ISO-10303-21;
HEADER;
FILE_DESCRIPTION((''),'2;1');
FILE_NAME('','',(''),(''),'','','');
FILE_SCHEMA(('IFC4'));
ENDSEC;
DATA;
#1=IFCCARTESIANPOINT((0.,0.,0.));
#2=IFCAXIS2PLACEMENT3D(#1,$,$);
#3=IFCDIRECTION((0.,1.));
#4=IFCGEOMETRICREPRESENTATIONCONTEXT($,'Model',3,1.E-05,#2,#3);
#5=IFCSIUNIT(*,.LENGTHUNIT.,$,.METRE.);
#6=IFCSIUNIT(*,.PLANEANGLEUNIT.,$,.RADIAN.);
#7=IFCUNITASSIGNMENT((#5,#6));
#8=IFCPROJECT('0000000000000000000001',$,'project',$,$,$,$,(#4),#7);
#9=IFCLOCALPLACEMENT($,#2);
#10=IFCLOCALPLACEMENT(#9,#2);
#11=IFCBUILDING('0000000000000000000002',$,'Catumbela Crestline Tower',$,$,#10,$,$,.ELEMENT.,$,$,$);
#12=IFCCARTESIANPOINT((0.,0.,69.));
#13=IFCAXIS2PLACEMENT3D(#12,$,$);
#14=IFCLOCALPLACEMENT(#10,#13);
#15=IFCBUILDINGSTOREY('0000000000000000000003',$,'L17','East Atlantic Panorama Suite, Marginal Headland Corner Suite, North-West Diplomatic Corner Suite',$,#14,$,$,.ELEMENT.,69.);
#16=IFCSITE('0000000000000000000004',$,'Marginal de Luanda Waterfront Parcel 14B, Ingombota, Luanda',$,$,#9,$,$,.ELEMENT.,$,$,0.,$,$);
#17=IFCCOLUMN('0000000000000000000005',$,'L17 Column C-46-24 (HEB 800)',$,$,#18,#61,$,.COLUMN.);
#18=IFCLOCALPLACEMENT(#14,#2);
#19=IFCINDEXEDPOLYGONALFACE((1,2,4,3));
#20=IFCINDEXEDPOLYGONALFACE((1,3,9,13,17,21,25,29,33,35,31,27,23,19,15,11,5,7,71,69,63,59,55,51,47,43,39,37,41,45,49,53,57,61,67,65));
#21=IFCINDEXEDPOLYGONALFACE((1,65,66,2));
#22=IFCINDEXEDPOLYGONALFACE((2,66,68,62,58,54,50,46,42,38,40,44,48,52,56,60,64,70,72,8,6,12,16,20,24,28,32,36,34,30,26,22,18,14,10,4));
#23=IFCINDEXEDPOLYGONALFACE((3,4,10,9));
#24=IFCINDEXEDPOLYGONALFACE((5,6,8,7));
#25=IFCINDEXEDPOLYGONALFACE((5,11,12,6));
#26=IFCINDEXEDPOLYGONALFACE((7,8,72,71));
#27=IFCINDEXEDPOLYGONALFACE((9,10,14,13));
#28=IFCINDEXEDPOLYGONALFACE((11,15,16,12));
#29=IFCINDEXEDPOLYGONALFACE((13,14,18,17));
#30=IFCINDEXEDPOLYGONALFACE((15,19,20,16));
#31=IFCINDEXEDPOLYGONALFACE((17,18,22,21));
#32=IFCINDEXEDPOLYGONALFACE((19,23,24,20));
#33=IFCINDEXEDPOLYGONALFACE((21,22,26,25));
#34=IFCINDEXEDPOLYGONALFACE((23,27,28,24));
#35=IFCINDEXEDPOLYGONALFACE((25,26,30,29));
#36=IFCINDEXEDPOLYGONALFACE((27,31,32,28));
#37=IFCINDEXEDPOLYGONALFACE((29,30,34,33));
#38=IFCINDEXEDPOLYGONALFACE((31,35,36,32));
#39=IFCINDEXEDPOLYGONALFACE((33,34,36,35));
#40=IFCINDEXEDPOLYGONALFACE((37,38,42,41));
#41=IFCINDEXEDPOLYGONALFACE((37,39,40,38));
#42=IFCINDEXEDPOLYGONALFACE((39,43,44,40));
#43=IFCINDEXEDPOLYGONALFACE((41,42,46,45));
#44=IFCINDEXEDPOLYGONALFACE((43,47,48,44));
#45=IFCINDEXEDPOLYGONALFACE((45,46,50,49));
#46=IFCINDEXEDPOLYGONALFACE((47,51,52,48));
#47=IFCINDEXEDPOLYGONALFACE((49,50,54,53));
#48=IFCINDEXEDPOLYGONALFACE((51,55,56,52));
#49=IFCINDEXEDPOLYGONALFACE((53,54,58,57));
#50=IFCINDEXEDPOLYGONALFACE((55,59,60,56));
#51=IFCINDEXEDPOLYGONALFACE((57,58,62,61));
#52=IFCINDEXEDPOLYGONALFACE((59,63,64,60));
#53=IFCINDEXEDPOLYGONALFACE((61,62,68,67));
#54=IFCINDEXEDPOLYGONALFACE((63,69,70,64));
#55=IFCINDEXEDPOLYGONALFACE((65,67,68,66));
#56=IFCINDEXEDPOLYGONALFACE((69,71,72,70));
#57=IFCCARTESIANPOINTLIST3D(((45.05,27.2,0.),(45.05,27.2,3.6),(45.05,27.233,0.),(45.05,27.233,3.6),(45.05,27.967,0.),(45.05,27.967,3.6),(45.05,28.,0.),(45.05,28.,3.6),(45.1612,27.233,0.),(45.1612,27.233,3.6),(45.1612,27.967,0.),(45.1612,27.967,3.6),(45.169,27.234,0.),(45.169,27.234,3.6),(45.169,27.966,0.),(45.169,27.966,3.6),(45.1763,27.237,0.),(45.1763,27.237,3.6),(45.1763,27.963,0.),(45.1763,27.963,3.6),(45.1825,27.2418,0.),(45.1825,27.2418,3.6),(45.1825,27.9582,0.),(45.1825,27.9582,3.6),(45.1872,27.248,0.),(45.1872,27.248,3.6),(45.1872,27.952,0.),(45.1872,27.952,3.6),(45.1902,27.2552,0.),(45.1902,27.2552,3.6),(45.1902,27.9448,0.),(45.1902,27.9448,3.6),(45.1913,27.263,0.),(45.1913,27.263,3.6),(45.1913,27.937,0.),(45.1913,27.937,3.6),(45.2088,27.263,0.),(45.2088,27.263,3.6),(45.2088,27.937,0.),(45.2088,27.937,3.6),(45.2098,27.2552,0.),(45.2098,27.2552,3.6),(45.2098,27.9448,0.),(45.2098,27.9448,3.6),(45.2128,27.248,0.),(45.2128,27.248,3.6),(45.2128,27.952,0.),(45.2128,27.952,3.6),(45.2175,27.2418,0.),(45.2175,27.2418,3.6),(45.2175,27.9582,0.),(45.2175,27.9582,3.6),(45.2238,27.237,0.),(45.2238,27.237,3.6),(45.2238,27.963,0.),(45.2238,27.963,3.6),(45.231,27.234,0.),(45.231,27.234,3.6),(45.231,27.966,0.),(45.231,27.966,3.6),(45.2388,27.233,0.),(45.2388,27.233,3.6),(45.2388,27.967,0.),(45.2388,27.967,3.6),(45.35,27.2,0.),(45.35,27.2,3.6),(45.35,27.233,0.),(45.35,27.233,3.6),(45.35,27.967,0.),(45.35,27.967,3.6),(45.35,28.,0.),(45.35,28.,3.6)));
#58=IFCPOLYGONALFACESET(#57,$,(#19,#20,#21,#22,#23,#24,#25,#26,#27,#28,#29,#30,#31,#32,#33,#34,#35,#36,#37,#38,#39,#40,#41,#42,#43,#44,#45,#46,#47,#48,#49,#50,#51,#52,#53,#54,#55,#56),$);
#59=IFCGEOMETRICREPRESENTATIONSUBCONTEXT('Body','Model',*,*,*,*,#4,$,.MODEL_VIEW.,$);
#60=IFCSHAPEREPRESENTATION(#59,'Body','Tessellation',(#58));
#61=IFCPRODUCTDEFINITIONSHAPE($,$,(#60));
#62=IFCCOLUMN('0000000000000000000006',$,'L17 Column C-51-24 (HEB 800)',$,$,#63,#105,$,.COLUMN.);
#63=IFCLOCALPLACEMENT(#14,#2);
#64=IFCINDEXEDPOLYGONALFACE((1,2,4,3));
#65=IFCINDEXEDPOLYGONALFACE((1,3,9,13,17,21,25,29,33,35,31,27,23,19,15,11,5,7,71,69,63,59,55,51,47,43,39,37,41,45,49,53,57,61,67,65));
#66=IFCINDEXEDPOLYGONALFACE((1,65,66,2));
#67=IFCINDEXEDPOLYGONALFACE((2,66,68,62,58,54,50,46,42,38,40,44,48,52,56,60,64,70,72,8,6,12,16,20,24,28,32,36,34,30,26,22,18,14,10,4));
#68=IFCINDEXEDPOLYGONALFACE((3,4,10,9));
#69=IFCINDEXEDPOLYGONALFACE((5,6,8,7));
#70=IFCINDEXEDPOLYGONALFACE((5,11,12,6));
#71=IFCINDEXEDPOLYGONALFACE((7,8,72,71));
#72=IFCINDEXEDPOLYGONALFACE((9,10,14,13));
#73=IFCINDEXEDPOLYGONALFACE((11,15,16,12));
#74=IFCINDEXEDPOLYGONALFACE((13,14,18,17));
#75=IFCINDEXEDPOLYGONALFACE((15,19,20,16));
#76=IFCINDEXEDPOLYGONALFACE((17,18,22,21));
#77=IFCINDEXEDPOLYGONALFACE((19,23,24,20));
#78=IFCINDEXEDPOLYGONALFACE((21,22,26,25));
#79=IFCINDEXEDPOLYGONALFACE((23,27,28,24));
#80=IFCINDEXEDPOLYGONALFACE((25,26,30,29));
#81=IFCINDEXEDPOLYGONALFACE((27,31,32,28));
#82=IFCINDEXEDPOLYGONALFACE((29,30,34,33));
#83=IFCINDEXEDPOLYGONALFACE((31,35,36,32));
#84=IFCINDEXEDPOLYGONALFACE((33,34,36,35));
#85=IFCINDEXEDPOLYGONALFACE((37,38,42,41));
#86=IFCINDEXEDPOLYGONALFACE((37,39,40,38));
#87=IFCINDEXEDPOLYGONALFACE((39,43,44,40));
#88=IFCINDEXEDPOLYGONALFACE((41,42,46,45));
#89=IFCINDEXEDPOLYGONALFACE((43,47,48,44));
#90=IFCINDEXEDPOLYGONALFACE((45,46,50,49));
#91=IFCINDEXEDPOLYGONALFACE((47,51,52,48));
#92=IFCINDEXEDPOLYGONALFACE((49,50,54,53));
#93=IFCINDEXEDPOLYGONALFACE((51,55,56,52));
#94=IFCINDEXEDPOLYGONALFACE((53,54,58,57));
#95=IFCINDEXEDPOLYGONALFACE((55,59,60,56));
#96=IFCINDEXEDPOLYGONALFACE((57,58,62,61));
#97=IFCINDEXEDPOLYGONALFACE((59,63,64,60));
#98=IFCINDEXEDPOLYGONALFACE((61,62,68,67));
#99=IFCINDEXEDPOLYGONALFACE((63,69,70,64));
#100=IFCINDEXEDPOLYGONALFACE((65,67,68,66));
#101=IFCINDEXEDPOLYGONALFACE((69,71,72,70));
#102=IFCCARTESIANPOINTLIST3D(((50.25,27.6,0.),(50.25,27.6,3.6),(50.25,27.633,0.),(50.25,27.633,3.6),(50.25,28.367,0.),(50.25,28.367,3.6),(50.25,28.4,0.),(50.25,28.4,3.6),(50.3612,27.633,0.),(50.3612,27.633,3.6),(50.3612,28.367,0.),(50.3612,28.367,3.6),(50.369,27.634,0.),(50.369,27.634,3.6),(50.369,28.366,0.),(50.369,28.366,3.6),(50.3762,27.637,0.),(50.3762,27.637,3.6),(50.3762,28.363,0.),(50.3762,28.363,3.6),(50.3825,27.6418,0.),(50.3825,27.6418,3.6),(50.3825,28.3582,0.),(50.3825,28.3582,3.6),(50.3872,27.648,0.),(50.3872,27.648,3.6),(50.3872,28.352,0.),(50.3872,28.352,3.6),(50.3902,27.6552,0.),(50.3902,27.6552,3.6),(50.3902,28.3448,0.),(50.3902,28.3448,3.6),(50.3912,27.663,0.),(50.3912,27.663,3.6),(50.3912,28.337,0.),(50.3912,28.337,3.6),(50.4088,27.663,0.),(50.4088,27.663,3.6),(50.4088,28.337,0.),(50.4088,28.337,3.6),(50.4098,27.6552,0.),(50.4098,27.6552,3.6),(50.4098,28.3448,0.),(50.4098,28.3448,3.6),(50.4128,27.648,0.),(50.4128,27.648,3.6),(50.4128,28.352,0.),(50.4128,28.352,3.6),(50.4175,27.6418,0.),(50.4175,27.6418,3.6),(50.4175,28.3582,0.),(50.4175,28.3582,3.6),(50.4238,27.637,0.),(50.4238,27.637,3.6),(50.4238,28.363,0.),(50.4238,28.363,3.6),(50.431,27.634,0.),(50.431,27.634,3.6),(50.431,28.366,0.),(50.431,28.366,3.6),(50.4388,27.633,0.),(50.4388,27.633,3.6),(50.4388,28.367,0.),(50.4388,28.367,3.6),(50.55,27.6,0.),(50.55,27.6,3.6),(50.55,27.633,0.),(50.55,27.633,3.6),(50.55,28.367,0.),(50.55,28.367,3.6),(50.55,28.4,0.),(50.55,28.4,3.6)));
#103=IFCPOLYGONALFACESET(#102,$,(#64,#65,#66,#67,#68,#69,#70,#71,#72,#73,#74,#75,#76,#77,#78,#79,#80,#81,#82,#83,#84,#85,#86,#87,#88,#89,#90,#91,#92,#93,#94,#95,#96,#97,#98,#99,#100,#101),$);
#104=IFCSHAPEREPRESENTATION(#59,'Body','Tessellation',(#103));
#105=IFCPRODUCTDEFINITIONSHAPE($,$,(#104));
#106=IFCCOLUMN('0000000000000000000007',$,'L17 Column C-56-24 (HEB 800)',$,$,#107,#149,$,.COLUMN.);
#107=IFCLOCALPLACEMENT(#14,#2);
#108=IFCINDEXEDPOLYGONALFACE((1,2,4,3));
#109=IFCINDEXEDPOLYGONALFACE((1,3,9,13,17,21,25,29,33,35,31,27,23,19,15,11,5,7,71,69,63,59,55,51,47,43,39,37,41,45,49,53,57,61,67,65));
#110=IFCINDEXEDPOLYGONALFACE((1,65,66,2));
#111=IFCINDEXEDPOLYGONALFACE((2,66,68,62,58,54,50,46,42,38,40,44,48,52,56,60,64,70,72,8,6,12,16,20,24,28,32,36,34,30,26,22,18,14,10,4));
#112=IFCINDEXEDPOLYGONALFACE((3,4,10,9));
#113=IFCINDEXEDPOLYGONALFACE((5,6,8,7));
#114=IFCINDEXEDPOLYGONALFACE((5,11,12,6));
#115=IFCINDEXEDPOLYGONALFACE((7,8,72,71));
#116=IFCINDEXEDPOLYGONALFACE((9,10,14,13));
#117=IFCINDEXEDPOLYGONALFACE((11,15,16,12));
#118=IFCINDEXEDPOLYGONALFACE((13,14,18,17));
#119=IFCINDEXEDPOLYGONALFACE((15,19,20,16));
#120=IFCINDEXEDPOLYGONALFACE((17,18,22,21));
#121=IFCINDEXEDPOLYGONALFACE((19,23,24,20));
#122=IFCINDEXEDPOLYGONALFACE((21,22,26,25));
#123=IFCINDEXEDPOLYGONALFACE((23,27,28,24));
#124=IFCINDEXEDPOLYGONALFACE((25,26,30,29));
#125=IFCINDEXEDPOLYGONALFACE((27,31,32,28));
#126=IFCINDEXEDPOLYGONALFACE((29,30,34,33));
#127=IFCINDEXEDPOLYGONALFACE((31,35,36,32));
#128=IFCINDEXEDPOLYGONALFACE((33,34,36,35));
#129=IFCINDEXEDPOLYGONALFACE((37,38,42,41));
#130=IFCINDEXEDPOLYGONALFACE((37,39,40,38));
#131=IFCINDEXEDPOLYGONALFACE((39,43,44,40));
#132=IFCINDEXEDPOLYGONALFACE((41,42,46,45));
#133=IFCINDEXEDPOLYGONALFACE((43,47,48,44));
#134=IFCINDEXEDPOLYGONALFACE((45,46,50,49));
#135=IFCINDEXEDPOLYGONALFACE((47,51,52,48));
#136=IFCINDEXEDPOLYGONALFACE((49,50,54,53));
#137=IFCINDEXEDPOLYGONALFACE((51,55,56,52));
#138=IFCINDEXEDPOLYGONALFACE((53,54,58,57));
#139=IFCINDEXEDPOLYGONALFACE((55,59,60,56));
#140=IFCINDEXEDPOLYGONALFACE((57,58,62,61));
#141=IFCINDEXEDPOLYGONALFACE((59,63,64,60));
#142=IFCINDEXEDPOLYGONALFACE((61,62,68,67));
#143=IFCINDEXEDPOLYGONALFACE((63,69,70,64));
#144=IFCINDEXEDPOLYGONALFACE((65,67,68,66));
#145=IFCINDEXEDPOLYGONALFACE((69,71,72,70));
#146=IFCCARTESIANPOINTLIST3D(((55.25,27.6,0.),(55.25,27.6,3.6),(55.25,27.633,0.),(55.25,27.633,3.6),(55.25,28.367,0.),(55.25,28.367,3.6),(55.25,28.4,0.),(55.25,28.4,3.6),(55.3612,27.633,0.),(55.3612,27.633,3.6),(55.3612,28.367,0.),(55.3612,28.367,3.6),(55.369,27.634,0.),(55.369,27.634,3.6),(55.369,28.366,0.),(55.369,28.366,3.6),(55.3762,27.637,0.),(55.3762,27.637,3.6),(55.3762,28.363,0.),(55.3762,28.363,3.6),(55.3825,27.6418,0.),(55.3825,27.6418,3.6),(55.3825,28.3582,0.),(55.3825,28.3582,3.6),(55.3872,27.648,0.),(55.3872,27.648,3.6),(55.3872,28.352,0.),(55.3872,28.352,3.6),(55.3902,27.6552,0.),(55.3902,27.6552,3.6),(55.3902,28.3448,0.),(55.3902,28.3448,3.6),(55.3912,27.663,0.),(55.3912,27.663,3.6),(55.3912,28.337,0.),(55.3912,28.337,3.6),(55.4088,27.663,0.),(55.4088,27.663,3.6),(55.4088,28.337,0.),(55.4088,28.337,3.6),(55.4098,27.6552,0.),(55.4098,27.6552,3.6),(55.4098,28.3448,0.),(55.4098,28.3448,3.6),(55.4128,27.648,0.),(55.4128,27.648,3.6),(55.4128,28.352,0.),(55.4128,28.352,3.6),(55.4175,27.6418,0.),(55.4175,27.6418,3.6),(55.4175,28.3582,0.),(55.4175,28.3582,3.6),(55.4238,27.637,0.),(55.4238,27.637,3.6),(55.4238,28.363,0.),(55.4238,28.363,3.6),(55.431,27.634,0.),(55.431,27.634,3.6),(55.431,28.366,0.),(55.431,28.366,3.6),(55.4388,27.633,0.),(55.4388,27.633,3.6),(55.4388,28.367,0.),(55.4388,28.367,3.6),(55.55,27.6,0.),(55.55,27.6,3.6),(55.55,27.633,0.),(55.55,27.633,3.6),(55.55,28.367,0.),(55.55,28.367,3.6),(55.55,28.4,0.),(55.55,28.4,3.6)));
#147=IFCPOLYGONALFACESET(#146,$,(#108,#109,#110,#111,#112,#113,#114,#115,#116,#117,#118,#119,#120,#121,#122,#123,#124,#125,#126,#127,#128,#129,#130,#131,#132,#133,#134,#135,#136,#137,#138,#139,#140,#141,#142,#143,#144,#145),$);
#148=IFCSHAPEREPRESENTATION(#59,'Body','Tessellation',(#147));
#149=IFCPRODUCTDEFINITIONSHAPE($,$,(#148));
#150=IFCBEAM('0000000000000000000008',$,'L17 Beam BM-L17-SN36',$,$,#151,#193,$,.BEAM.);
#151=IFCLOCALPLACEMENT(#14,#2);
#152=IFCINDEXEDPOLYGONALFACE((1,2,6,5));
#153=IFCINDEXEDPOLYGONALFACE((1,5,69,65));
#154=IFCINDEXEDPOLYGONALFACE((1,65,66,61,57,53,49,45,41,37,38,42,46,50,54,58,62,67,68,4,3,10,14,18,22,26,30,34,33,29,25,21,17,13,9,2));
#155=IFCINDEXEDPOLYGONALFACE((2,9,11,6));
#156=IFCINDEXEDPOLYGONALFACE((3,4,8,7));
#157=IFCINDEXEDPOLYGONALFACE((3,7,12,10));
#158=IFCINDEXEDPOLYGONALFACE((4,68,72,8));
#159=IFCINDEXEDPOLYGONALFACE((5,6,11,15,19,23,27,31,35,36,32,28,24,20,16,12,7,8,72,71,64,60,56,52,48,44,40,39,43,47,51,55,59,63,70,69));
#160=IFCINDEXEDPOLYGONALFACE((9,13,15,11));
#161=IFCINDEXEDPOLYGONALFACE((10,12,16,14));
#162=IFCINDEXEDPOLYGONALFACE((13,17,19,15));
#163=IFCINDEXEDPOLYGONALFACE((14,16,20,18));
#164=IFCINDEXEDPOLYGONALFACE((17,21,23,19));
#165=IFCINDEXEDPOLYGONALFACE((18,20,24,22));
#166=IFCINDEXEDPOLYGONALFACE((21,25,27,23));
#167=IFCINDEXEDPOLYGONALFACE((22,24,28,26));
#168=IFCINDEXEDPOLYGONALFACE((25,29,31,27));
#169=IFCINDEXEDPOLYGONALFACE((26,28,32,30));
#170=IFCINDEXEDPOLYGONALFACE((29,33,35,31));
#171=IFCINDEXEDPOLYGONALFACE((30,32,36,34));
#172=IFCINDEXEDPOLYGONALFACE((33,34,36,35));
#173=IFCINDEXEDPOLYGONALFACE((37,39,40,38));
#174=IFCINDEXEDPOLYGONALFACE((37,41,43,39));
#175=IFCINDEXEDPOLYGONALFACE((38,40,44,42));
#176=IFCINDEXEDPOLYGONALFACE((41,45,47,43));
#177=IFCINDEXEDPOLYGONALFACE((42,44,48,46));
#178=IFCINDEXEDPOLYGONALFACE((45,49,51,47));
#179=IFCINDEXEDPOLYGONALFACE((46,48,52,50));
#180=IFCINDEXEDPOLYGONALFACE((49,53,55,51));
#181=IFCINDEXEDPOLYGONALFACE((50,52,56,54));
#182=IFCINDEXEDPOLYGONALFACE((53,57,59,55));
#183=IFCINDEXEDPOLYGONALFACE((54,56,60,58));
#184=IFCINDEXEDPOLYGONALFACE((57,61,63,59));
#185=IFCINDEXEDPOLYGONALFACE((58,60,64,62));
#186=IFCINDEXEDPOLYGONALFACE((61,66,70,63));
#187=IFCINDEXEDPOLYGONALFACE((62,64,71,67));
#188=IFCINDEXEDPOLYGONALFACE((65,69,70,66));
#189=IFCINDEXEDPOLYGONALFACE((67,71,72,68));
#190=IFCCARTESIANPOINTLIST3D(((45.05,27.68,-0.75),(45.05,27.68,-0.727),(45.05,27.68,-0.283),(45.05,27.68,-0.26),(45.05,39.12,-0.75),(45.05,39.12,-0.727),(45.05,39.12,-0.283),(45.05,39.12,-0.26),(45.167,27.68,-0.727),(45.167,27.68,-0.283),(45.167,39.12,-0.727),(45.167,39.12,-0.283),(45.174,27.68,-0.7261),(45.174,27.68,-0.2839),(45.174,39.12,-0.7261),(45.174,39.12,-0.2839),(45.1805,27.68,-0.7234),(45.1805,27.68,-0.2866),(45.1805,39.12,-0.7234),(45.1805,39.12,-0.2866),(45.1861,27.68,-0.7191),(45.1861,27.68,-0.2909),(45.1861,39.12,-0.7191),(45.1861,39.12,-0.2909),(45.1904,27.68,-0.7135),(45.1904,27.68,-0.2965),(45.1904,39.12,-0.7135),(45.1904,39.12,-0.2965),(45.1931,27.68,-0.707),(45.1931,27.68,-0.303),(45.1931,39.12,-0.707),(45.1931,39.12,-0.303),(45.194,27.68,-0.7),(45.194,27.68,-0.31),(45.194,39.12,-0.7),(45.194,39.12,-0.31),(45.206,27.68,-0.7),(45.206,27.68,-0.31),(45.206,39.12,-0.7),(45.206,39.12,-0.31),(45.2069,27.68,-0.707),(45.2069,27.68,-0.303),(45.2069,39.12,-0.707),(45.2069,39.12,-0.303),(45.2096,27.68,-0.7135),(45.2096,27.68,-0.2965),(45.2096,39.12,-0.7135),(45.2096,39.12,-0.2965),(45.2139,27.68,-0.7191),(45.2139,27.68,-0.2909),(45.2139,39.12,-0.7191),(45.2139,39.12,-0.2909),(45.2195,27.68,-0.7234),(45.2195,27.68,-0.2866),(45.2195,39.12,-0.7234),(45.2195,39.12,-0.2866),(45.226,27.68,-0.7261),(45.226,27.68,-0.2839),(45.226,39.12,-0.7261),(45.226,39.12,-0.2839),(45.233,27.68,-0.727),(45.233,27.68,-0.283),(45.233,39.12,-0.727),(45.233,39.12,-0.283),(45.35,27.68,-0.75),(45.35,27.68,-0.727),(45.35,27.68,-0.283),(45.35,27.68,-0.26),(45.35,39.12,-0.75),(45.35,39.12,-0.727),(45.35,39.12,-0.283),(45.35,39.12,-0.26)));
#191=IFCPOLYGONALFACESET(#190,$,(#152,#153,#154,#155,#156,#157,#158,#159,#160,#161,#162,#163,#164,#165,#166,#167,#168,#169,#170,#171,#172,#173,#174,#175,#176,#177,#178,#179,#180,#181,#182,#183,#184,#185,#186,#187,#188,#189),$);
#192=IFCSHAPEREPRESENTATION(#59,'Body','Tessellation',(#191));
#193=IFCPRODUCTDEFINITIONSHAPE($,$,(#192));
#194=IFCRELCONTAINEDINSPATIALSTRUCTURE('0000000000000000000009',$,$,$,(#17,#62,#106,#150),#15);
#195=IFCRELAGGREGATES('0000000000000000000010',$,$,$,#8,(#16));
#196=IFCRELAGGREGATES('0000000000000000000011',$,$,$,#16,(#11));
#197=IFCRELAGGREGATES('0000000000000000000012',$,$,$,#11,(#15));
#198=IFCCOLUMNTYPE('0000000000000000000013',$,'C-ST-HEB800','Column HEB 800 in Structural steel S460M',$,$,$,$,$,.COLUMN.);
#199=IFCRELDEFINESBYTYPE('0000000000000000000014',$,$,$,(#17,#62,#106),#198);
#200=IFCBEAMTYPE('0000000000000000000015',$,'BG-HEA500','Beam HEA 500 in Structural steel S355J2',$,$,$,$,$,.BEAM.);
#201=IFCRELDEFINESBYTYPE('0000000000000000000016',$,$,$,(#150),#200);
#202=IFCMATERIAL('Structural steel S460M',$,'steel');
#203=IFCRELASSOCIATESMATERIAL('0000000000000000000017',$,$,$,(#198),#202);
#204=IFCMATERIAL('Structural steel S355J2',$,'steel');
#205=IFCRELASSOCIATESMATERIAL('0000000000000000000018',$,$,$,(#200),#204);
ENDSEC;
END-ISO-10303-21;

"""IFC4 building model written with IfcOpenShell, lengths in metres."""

from ifc_helpers import new_model, si_unit, direction, frame, origin, origin_2d, place, context, subcontext, project, spatial, i_section, extrude, material, material_profile, profile_set, type_object, element, save


model = new_model("IFC4")

# Units and contexts
model_context = context("Model", 3, precision=1e-05, world=origin(), true_north=direction((0.0, 1.0)))
body_context = subcontext(model_context, "Body", "Model", "MODEL_VIEW")
ifc_project = project(units=[si_unit("LENGTHUNIT", "METRE"), si_unit("PLANEANGLEUNIT", "RADIAN")], contexts=[model_context])

# Site, building, storey
site_placement = place(None, origin())
site = spatial("IfcSite", under=ifc_project, at=site_placement, Name="Marginal de Luanda Waterfront Parcel 14B, Ingombota, Luanda", CompositionType="ELEMENT", RefElevation=0.0)
building_placement = place(site_placement, origin())
building = spatial("IfcBuilding", under=site, at=building_placement, Name="Catumbela Crestline Tower", CompositionType="ELEMENT")
storey_placement = place(building_placement, frame((0.0, 0.0, 69.0)))
storey = spatial("IfcBuildingStorey", under=building, at=storey_placement, Name="L17", Description="East Atlantic Panorama Suite, Marginal Headland Corner Suite, North-West Diplomatic Corner Suite", CompositionType="ELEMENT", Elevation=69.0)

# Columns
ifc_material_1 = material(Name="Structural steel S460M", Category="steel")
ifc_material_profile_1 = material_profile(ifc_material_1, i_section(OverallWidth=0.3, OverallDepth=0.8, WebThickness=0.0175, FlangeThickness=0.033, FilletRadius=0.03, at=origin_2d()), Name="HEB 800")
ifc_profile_set_1 = profile_set([ifc_material_profile_1], Name="Structural steel S460M")
column_type = type_object("IfcColumnType", Name="C-ST-HEB800", Description="Column HEB 800 in Structural steel S460M", PredefinedType="COLUMN", material=ifc_profile_set_1)
for number, where, z_axis, x_axis, name in (
    (1, (45.2, 27.6, 0.0), (0.0, 0.0, 1.0), (1.0, 0.0, 0.0), "L17 Column C-46-24 (HEB 800)"),
    (2, (50.4, 28.0, 0.0), (0.0, 0.0, 1.0), (1.0, 0.0, 0.0), "L17 Column C-51-24 (HEB 800)"),
    (3, (55.4, 28.0, 0.0), (0.0, 0.0, 1.0), (1.0, 0.0, 0.0), "L17 Column C-56-24 (HEB 800)"),
):
    element("IfcColumn", number, at=place(storey_placement, frame(where, z_axis=z_axis, x_axis=x_axis)), inside=storey, type_object=column_type, Name=name, PredefinedType="COLUMN", context=body_context, shape_type="SweptSolid", body=[
        extrude(i_section(OverallWidth=0.3, OverallDepth=0.8, WebThickness=0.0175, FlangeThickness=0.033, FilletRadius=0.03, at=origin_2d()), origin(), (0.0, 0.0, 1.0), 3.6),
    ])

# Beam
ifc_material_2 = material(Name="Structural steel S355J2", Category="steel")
ifc_material_profile_2 = material_profile(ifc_material_2, i_section(OverallWidth=0.3, OverallDepth=0.49, WebThickness=0.012, FlangeThickness=0.023, FilletRadius=0.027, at=origin_2d()), Name="HEA 500")
ifc_profile_set_2 = profile_set([ifc_material_profile_2], Name="Structural steel S355J2")
beam_type_1 = type_object("IfcBeamType", Name="BG-HEA500", Description="Beam HEA 500 in Structural steel S355J2", PredefinedType="BEAM", material=ifc_profile_set_2)
beam_1_placement = place(storey_placement, frame((45.2, 27.68, -0.505), z_axis=(0.0, 1.0, 0.0), x_axis=(-1.0, 0.0, 0.0)))
element("IfcBeam", 4, at=beam_1_placement, inside=storey, type_object=beam_type_1, Name="L17 Beam BM-L17-SN36", PredefinedType="BEAM", context=body_context, shape_type="SweptSolid", body=[
    extrude(i_section(OverallWidth=0.3, OverallDepth=0.49, WebThickness=0.012, FlangeThickness=0.023, FilletRadius=0.027, at=origin_2d()), origin(), (0.0, 0.0, 1.0), 11.44),
])

save(model, "model.ifc")
